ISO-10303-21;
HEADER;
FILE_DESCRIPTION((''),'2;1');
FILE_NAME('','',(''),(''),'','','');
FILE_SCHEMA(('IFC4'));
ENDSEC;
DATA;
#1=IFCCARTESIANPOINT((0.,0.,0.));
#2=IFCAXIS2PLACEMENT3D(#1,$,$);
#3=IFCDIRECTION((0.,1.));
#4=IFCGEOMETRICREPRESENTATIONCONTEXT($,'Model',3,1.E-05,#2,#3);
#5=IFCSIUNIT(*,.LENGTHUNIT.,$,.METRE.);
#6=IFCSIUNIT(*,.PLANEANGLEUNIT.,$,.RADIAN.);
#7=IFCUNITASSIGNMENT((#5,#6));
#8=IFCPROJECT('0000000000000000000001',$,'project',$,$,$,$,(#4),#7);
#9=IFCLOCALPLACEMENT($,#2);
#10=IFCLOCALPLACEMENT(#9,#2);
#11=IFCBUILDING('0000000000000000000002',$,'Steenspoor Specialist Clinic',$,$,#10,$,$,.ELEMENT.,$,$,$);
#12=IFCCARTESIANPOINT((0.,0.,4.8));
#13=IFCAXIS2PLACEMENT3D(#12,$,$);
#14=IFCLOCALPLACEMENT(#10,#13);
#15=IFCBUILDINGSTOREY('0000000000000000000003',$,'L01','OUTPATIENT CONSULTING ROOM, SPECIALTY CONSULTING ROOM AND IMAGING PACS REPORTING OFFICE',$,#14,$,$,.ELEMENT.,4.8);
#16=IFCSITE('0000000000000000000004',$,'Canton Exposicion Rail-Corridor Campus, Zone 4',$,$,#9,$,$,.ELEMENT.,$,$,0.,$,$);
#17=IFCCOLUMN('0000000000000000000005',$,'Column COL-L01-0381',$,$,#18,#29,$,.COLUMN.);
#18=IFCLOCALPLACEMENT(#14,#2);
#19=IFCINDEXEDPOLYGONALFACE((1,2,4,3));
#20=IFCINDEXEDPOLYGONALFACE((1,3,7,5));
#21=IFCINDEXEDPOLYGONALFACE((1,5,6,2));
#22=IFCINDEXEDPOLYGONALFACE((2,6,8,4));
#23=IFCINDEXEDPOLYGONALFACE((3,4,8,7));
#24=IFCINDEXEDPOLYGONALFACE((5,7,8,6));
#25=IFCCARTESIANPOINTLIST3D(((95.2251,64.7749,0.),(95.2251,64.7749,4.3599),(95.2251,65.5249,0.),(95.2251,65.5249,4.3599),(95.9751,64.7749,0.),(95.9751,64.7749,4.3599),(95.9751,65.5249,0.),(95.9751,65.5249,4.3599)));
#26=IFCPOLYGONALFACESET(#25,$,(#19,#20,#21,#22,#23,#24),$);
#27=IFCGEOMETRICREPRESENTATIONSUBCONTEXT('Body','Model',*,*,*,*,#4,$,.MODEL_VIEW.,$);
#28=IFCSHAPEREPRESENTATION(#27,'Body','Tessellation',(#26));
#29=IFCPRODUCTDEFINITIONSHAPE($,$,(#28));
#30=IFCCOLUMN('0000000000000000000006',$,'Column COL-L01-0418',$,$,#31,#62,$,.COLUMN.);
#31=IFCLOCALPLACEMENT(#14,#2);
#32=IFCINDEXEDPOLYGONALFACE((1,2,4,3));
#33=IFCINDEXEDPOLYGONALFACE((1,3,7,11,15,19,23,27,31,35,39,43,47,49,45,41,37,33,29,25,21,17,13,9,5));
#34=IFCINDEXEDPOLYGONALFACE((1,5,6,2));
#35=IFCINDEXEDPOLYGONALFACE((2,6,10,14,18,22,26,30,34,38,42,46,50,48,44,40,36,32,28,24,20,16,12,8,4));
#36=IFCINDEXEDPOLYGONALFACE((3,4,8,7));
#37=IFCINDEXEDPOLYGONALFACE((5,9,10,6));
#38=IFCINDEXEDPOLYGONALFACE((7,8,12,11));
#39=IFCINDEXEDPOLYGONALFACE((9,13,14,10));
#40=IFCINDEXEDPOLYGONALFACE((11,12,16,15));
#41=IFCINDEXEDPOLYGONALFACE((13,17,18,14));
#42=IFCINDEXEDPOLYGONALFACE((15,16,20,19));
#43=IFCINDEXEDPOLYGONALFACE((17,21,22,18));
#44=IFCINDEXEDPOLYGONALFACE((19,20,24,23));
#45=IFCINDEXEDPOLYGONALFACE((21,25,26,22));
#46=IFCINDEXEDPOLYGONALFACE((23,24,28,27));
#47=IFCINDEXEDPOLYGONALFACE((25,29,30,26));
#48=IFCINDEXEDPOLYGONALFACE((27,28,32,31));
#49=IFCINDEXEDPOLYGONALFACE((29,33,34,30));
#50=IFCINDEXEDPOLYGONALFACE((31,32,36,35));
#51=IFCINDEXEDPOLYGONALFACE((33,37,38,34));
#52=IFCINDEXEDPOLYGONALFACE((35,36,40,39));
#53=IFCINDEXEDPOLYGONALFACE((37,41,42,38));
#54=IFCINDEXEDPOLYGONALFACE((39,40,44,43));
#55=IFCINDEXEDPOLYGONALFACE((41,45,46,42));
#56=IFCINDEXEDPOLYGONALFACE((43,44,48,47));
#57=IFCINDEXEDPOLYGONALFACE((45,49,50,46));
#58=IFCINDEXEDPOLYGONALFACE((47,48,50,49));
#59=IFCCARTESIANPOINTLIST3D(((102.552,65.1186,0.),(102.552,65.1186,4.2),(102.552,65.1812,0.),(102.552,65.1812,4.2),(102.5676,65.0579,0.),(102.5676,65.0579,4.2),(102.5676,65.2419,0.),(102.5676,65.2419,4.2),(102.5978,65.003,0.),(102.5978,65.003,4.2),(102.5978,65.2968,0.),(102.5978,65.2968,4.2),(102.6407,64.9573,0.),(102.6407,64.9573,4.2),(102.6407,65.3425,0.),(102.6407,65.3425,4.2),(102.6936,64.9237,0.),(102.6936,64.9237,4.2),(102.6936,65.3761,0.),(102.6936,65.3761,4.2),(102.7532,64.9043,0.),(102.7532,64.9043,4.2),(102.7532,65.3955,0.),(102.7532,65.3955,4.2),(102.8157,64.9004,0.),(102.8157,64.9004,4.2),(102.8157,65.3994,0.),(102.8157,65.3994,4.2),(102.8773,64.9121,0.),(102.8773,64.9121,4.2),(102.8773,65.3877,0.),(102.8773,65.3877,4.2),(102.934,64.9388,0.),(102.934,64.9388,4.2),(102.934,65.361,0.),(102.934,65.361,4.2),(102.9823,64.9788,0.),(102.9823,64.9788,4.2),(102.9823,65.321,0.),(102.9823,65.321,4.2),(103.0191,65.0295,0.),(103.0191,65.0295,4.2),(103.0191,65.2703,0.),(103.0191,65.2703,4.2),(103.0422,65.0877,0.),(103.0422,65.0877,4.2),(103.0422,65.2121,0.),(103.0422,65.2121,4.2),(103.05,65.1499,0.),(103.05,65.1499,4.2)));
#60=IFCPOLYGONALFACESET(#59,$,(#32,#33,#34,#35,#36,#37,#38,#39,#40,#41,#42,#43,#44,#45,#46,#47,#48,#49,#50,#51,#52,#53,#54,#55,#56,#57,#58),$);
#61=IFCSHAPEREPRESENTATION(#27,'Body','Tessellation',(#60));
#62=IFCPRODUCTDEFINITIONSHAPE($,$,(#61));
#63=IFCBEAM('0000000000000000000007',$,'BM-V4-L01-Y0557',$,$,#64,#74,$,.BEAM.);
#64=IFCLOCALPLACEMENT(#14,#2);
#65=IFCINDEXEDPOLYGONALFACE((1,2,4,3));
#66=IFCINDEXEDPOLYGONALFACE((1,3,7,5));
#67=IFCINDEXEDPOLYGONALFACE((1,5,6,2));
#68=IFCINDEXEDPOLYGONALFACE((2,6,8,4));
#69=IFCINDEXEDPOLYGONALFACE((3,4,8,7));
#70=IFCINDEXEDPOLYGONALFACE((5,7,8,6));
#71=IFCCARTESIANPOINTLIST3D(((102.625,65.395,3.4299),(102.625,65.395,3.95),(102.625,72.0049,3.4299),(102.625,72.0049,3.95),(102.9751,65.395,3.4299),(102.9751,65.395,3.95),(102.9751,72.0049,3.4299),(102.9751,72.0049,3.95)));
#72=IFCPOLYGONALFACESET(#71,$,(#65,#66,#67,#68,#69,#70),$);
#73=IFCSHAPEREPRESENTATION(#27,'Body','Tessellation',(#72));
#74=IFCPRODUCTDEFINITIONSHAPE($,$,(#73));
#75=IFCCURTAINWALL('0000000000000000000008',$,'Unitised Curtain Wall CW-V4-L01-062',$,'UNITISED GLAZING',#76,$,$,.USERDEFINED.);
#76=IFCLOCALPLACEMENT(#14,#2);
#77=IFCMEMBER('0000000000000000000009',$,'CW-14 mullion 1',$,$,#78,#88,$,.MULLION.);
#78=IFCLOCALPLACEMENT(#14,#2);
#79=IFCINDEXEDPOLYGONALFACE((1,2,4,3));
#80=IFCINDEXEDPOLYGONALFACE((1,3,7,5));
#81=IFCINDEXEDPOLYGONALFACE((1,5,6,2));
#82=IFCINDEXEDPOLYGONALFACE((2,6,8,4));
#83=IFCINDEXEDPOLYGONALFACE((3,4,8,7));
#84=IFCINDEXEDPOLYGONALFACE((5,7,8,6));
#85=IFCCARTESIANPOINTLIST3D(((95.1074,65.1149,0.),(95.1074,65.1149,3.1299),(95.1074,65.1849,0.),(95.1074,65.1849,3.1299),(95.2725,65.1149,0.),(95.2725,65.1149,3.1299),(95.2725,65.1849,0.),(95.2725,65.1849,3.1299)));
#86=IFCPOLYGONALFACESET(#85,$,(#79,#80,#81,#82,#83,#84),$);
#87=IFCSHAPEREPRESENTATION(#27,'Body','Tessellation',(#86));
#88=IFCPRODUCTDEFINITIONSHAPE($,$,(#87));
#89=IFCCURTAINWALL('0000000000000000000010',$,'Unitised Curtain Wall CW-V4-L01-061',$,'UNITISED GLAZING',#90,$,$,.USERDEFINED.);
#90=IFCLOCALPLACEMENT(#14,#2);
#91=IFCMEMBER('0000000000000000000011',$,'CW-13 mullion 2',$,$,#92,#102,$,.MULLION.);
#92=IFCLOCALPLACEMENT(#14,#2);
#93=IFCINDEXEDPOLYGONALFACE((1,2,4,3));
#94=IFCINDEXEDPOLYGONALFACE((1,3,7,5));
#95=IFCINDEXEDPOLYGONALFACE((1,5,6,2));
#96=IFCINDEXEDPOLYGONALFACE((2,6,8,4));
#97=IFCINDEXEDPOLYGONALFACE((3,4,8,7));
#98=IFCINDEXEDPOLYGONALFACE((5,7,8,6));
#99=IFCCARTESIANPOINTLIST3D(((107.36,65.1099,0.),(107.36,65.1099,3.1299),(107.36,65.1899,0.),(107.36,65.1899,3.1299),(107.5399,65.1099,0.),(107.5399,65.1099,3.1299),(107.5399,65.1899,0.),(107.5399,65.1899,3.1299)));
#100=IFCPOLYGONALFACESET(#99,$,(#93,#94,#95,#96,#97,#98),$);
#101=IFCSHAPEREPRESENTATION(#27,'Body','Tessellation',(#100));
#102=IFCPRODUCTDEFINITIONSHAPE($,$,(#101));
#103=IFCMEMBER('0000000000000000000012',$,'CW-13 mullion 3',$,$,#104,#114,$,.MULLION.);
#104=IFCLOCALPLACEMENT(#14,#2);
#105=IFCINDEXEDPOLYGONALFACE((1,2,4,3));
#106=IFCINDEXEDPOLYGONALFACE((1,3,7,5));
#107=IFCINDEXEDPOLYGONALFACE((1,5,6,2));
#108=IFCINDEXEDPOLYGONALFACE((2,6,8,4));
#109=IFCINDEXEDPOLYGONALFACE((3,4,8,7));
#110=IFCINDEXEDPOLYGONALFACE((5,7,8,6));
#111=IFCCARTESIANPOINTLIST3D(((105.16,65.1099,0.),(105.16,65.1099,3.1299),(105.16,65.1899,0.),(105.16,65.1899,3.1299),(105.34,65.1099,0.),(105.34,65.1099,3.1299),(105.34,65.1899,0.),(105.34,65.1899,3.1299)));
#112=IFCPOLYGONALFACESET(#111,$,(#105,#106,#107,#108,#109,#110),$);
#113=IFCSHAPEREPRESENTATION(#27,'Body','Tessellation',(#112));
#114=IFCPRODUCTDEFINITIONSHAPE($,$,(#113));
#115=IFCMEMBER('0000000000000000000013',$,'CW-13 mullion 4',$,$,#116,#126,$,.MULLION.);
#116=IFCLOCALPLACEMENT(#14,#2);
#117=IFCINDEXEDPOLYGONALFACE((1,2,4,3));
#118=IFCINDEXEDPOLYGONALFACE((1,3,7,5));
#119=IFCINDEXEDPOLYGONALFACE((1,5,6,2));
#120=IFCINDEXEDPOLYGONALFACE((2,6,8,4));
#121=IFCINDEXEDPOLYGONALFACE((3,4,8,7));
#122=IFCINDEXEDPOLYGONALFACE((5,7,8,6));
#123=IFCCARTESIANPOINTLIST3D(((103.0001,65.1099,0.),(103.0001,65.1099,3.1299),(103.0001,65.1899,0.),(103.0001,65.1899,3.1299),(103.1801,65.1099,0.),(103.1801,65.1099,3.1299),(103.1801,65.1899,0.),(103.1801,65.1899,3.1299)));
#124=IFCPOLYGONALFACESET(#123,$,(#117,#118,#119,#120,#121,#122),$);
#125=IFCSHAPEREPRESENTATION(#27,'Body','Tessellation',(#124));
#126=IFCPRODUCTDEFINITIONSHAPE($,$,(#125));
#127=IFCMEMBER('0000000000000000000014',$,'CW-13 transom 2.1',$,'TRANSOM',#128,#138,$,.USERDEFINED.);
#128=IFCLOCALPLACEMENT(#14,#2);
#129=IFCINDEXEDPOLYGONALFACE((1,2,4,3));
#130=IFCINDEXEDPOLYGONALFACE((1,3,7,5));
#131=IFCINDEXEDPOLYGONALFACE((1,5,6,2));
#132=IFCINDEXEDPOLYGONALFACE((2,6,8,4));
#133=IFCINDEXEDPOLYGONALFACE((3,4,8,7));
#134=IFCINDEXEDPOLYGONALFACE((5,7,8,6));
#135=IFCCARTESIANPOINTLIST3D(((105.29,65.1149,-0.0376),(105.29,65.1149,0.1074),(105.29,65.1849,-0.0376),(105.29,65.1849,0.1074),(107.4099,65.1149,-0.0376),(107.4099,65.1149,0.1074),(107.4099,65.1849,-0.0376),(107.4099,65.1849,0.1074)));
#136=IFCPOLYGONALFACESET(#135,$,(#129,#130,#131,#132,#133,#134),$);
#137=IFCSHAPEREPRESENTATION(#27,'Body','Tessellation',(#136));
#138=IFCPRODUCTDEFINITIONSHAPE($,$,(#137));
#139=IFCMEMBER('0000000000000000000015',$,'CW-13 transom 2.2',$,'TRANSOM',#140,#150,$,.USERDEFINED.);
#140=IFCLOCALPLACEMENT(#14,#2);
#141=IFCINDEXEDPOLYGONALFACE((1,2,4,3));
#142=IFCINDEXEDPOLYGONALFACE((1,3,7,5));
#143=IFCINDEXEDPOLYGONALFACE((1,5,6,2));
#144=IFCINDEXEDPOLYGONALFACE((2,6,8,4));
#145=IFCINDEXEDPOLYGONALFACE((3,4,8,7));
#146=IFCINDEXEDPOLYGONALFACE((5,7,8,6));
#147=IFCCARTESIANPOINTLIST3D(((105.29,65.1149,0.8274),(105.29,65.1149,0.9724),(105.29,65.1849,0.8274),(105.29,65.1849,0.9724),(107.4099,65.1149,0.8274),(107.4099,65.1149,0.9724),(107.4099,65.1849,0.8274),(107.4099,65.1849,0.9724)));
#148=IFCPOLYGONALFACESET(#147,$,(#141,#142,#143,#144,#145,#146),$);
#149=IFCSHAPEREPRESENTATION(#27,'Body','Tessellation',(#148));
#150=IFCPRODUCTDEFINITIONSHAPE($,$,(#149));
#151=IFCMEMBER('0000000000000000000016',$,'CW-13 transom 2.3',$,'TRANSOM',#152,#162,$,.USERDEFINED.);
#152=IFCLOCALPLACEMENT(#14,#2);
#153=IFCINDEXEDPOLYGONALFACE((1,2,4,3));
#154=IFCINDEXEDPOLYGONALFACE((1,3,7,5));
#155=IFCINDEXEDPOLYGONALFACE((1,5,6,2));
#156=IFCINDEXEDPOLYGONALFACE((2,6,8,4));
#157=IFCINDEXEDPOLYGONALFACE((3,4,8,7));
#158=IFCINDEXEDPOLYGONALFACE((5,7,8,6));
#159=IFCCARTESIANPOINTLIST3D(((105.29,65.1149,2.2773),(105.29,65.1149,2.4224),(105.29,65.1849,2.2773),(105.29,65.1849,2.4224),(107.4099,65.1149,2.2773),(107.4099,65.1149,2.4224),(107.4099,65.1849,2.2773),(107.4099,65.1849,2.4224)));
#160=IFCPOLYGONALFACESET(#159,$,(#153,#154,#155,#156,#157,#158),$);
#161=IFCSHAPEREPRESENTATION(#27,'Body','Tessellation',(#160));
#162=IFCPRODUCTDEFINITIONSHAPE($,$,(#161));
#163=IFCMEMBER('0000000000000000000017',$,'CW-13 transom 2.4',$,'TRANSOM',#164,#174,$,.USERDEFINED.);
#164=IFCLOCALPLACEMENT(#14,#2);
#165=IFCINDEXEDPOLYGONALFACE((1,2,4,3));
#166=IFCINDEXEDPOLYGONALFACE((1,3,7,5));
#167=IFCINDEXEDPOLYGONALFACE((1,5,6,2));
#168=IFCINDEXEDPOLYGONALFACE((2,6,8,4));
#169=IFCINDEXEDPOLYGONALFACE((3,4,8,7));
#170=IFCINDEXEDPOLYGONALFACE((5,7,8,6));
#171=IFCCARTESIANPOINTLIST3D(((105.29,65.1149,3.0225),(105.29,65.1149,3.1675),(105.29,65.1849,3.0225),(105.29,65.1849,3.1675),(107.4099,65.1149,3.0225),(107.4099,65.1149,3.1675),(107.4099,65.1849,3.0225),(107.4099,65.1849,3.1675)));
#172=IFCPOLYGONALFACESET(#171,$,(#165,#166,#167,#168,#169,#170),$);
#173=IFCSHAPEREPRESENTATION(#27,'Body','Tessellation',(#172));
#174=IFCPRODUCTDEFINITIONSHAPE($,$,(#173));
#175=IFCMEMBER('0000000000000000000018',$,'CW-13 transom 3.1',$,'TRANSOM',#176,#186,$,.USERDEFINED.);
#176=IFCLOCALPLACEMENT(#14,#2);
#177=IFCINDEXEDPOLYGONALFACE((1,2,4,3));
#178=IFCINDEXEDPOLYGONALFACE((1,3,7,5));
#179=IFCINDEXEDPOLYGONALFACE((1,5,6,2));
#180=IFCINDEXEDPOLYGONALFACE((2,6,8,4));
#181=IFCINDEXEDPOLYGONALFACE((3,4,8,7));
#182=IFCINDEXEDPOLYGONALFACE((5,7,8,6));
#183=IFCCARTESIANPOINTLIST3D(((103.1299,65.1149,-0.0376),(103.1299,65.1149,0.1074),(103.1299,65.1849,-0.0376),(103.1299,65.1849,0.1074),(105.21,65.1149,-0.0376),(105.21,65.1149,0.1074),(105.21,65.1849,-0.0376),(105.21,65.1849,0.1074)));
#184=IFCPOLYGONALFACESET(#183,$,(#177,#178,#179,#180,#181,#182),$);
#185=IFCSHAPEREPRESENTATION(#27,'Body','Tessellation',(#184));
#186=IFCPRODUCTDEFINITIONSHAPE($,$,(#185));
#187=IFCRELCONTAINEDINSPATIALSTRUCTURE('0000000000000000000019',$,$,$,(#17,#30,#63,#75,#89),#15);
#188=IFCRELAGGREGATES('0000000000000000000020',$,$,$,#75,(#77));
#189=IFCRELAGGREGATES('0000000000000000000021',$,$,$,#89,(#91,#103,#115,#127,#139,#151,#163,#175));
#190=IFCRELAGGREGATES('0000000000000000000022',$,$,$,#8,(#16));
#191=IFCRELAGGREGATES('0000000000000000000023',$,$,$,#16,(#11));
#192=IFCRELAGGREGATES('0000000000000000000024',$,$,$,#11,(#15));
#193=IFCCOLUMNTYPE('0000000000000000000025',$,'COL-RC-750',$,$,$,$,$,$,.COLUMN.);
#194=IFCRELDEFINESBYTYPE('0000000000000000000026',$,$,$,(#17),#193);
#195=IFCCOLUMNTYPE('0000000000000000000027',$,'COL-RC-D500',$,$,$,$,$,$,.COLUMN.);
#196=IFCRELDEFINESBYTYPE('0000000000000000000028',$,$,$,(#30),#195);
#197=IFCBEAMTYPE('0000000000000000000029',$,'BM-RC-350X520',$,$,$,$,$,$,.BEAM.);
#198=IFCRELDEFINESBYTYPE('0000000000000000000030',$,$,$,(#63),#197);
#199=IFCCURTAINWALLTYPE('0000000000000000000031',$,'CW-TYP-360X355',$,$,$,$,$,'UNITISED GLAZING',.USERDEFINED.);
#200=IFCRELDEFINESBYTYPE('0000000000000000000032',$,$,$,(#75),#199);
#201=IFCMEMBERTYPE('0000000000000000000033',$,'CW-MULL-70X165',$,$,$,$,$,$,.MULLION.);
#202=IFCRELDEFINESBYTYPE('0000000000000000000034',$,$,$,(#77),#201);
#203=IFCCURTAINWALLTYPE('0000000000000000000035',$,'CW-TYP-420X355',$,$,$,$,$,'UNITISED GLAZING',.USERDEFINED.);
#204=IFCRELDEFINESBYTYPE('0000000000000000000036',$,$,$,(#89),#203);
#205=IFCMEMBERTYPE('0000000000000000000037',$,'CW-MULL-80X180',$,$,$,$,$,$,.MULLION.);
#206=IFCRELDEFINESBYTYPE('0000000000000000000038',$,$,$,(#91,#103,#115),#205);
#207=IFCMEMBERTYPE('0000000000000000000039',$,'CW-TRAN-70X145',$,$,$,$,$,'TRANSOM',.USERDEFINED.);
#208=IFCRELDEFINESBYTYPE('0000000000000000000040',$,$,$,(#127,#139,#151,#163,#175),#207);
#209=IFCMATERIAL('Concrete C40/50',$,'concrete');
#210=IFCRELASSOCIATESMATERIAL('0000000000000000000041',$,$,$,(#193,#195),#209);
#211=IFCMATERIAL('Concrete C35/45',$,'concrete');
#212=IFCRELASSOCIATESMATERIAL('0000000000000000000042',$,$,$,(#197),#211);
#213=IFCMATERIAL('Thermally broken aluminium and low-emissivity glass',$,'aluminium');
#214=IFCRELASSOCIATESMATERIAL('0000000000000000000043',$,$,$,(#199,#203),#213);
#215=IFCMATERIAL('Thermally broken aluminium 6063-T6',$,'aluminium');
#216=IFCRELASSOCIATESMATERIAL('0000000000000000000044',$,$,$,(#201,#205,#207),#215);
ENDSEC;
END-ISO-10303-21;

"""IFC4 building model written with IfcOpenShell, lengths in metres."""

from ifc_helpers import new_model, si_unit, direction, frame, origin, origin_2d, place, context, subcontext, project, spatial, rectangle, circle, extrude, material, material_profile, profile_set, type_object, element, aggregate, save


model = new_model("IFC4")

# Units and contexts
model_context = context("Model", 3, precision=1e-05, world=origin(), true_north=direction((0.0, 1.0)))
body_context = subcontext(model_context, "Body", "Model", "MODEL_VIEW")
ifc_project = project(units=[si_unit("LENGTHUNIT", "METRE"), si_unit("PLANEANGLEUNIT", "RADIAN")], contexts=[model_context])

# Site, building, storey
site_placement = place(None, origin())
site = spatial("IfcSite", under=ifc_project, at=site_placement, Name="Canton Exposicion Rail-Corridor Campus, Zone 4", CompositionType="ELEMENT", RefElevation=0.0)
building_placement = place(site_placement, origin())
building = spatial("IfcBuilding", under=site, at=building_placement, Name="Steenspoor Specialist Clinic", CompositionType="ELEMENT")
storey_placement = place(building_placement, frame((0.0, 0.0, 4.8)))
storey = spatial("IfcBuildingStorey", under=building, at=storey_placement, Name="L01", Description="OUTPATIENT CONSULTING ROOM, SPECIALTY CONSULTING ROOM AND IMAGING PACS REPORTING OFFICE", CompositionType="ELEMENT", Elevation=4.8)

# Columns
ifc_material_1 = material(Name="Concrete C40/50", Category="concrete")
ifc_material_profile_1 = material_profile(ifc_material_1, rectangle(XDim=0.75, YDim=0.75, at=origin_2d()), Name="RC-COL-750X750")
ifc_profile_set_1 = profile_set([ifc_material_profile_1], Name="Concrete C40/50")
column_type_1 = type_object("IfcColumnType", Name="COL-RC-750", PredefinedType="COLUMN", material=ifc_profile_set_1)
column_1_placement = place(storey_placement, frame((95.6001, 65.1499, 0.0), z_axis=(0.0, 0.0, 1.0), x_axis=(1.0, 0.0, 0.0)))
element("IfcColumn", 1, at=column_1_placement, inside=storey, type_object=column_type_1, Name="Column COL-L01-0381", PredefinedType="COLUMN", context=body_context, shape_type="SweptSolid", body=[
    extrude(rectangle(XDim=0.75, YDim=0.75, at=origin_2d()), origin(), (0.0, 0.0, 1.0), 4.3599),
])
ifc_material_profile_2 = material_profile(ifc_material_1, circle(Radius=0.25, at=origin_2d()), Name="RC-COL-D500")
ifc_profile_set_2 = profile_set([ifc_material_profile_2], Name="Concrete C40/50")
column_type_2 = type_object("IfcColumnType", Name="COL-RC-D500", PredefinedType="COLUMN", material=ifc_profile_set_2)
column_2_placement = place(storey_placement, frame((102.8, 65.1499, 0.0), z_axis=(0.0, 0.0, 1.0), x_axis=(1.0, 0.0, 0.0)))
element("IfcColumn", 2, at=column_2_placement, inside=storey, type_object=column_type_2, Name="Column COL-L01-0418", PredefinedType="COLUMN", context=body_context, shape_type="SweptSolid", body=[
    extrude(circle(Radius=0.25, at=origin_2d()), origin(), (0.0, 0.0, 1.0), 4.2),
])

# Beam
ifc_material_2 = material(Name="Concrete C35/45", Category="concrete")
ifc_material_profile_3 = material_profile(ifc_material_2, rectangle(XDim=0.3501, YDim=0.52, at=origin_2d()), Name="RC-BM-350X520")
ifc_profile_set_3 = profile_set([ifc_material_profile_3], Name="Concrete C35/45")
beam_type_1 = type_object("IfcBeamType", Name="BM-RC-350X520", PredefinedType="BEAM", material=ifc_profile_set_3)
beam_1_placement = place(storey_placement, frame((102.8, 65.395, 3.6899), z_axis=(0.0, 1.0, 0.0), x_axis=(-1.0, 0.0, 0.0)))
element("IfcBeam", 3, at=beam_1_placement, inside=storey, type_object=beam_type_1, Name="BM-V4-L01-Y0557", PredefinedType="BEAM", context=body_context, shape_type="SweptSolid", body=[
    extrude(rectangle(XDim=0.3501, YDim=0.52, at=origin_2d()), origin(), (0.0, 0.0, 1.0), 6.6099),
])

# Curtain wall, member
ifc_material_3 = material(Name="Thermally broken aluminium and low-emissivity glass", Category="aluminium")
curtain_wall_type_1 = type_object("IfcCurtainWallType", Name="CW-TYP-360X355", ElementType="UNITISED GLAZING", PredefinedType="USERDEFINED", material=ifc_material_3)
curtain_wall_1_placement = place(storey_placement, origin())
curtain_wall_1 = element("IfcCurtainWall", 4, at=curtain_wall_1_placement, inside=storey, type_object=curtain_wall_type_1, Name="Unitised Curtain Wall CW-V4-L01-062", ObjectType="UNITISED GLAZING", PredefinedType="USERDEFINED")
ifc_material_4 = material(Name="Thermally broken aluminium 6063-T6", Category="aluminium")
ifc_material_profile_4 = material_profile(ifc_material_4, rectangle(XDim=0.0701, YDim=0.165, at=origin_2d()), Name="CWM-70X165")
ifc_profile_set_4 = profile_set([ifc_material_profile_4], Name="Thermally broken aluminium 6063-T6")
member_type_1 = type_object("IfcMemberType", Name="CW-MULL-70X165", PredefinedType="MULLION", material=ifc_profile_set_4)
member_1_placement = place(storey_placement, frame((95.1899, 65.1499, 0.0), z_axis=(0.0, 0.0, 1.0), x_axis=(0.0, -1.0, 0.0)))
member_1 = element("IfcMember", 5, at=member_1_placement, type_object=member_type_1, Name="CW-14 mullion 1", PredefinedType="MULLION", context=body_context, shape_type="SweptSolid", body=[
    extrude(rectangle(XDim=0.0701, YDim=0.165, at=origin_2d()), origin(), (0.0, 0.0, 1.0), 3.1299),
])
aggregate(curtain_wall_1, [member_1])

# Curtain wall, members
curtain_wall_type_2 = type_object("IfcCurtainWallType", Name="CW-TYP-420X355", ElementType="UNITISED GLAZING", PredefinedType="USERDEFINED", material=ifc_material_3)
curtain_wall_2_placement = place(storey_placement, origin())
curtain_wall_2 = element("IfcCurtainWall", 6, at=curtain_wall_2_placement, inside=storey, type_object=curtain_wall_type_2, Name="Unitised Curtain Wall CW-V4-L01-061", ObjectType="UNITISED GLAZING", PredefinedType="USERDEFINED")
ifc_material_profile_5 = material_profile(ifc_material_4, rectangle(XDim=0.0801, YDim=0.1799, at=origin_2d()), Name="CWM-80X180")
ifc_profile_set_5 = profile_set([ifc_material_profile_5], Name="Thermally broken aluminium 6063-T6")
member_type_2 = type_object("IfcMemberType", Name="CW-MULL-80X180", PredefinedType="MULLION", material=ifc_profile_set_5)
member_2_placement = place(storey_placement, frame((107.45, 65.1499, 0.0), z_axis=(0.0, 0.0, 1.0), x_axis=(0.0, -1.0, 0.0)))
member_2 = element("IfcMember", 7, at=member_2_placement, type_object=member_type_2, Name="CW-13 mullion 2", PredefinedType="MULLION", context=body_context, shape_type="SweptSolid", body=[
    extrude(rectangle(XDim=0.0801, YDim=0.1799, at=origin_2d()), origin(), (0.0, 0.0, 1.0), 3.1299),
])
member_3_placement = place(storey_placement, frame((105.25, 65.1499, 0.0), z_axis=(0.0, 0.0, 1.0), x_axis=(0.0, -1.0, 0.0)))
member_3 = element("IfcMember", 8, at=member_3_placement, type_object=member_type_2, Name="CW-13 mullion 3", PredefinedType="MULLION", context=body_context, shape_type="SweptSolid", body=[
    extrude(rectangle(XDim=0.0801, YDim=0.1799, at=origin_2d()), origin(), (0.0, 0.0, 1.0), 3.1299),
])
member_4_placement = place(storey_placement, frame((103.0901, 65.1499, 0.0), z_axis=(0.0, 0.0, 1.0), x_axis=(0.0, -1.0, 0.0)))
member_4 = element("IfcMember", 9, at=member_4_placement, type_object=member_type_2, Name="CW-13 mullion 4", PredefinedType="MULLION", context=body_context, shape_type="SweptSolid", body=[
    extrude(rectangle(XDim=0.0801, YDim=0.1799, at=origin_2d()), origin(), (0.0, 0.0, 1.0), 3.1299),
])
ifc_material_profile_6 = material_profile(ifc_material_4, rectangle(XDim=0.0701, YDim=0.145, at=origin_2d()), Name="CWT-70X145")
ifc_profile_set_6 = profile_set([ifc_material_profile_6], Name="Thermally broken aluminium 6063-T6")
member_type_3 = type_object("IfcMemberType", Name="CW-TRAN-70X145", ElementType="TRANSOM", PredefinedType="USERDEFINED", material=ifc_profile_set_6)
member_5_placement = place(storey_placement, frame((107.4099, 65.1499, 0.0349), z_axis=(-1.0, 0.0, 0.0), x_axis=(0.0, -1.0, 0.0)))
member_5 = element("IfcMember", 10, at=member_5_placement, type_object=member_type_3, Name="CW-13 transom 2.1", ObjectType="TRANSOM", PredefinedType="USERDEFINED", context=body_context, shape_type="SweptSolid", body=[
    extrude(rectangle(XDim=0.0701, YDim=0.145, at=origin_2d()), origin(), (0.0, 0.0, 1.0), 2.1199),
])
member_6_placement = place(storey_placement, frame((107.4099, 65.1499, 0.8999), z_axis=(-1.0, 0.0, 0.0), x_axis=(0.0, -1.0, 0.0)))
member_6 = element("IfcMember", 11, at=member_6_placement, type_object=member_type_3, Name="CW-13 transom 2.2", ObjectType="TRANSOM", PredefinedType="USERDEFINED", context=body_context, shape_type="SweptSolid", body=[
    extrude(rectangle(XDim=0.0701, YDim=0.145, at=origin_2d()), origin(), (0.0, 0.0, 1.0), 2.1199),
])
member_7_placement = place(storey_placement, frame((107.4099, 65.1499, 2.3499), z_axis=(-1.0, 0.0, 0.0), x_axis=(0.0, -1.0, 0.0)))
member_7 = element("IfcMember", 12, at=member_7_placement, type_object=member_type_3, Name="CW-13 transom 2.3", ObjectType="TRANSOM", PredefinedType="USERDEFINED", context=body_context, shape_type="SweptSolid", body=[
    extrude(rectangle(XDim=0.0701, YDim=0.145, at=origin_2d()), origin(), (0.0, 0.0, 1.0), 2.1199),
])
member_8_placement = place(storey_placement, frame((107.4099, 65.1499, 3.095), z_axis=(-1.0, 0.0, 0.0), x_axis=(0.0, -1.0, 0.0)))
member_8 = element("IfcMember", 13, at=member_8_placement, type_object=member_type_3, Name="CW-13 transom 2.4", ObjectType="TRANSOM", PredefinedType="USERDEFINED", context=body_context, shape_type="SweptSolid", body=[
    extrude(rectangle(XDim=0.0701, YDim=0.145, at=origin_2d()), origin(), (0.0, 0.0, 1.0), 2.1199),
])
member_9_placement = place(storey_placement, frame((105.21, 65.1499, 0.0349), z_axis=(-1.0, 0.0, 0.0), x_axis=(0.0, -1.0, 0.0)))
member_9 = element("IfcMember", 14, at=member_9_placement, type_object=member_type_3, Name="CW-13 transom 3.1", ObjectType="TRANSOM", PredefinedType="USERDEFINED", context=body_context, shape_type="SweptSolid", body=[
    extrude(rectangle(XDim=0.0701, YDim=0.145, at=origin_2d()), origin(), (0.0, 0.0, 1.0), 2.0801),
])

aggregate(curtain_wall_2, [member_2, member_3, member_4, member_5, member_6, member_7, member_8, member_9])

save(model, "model.ifc")
